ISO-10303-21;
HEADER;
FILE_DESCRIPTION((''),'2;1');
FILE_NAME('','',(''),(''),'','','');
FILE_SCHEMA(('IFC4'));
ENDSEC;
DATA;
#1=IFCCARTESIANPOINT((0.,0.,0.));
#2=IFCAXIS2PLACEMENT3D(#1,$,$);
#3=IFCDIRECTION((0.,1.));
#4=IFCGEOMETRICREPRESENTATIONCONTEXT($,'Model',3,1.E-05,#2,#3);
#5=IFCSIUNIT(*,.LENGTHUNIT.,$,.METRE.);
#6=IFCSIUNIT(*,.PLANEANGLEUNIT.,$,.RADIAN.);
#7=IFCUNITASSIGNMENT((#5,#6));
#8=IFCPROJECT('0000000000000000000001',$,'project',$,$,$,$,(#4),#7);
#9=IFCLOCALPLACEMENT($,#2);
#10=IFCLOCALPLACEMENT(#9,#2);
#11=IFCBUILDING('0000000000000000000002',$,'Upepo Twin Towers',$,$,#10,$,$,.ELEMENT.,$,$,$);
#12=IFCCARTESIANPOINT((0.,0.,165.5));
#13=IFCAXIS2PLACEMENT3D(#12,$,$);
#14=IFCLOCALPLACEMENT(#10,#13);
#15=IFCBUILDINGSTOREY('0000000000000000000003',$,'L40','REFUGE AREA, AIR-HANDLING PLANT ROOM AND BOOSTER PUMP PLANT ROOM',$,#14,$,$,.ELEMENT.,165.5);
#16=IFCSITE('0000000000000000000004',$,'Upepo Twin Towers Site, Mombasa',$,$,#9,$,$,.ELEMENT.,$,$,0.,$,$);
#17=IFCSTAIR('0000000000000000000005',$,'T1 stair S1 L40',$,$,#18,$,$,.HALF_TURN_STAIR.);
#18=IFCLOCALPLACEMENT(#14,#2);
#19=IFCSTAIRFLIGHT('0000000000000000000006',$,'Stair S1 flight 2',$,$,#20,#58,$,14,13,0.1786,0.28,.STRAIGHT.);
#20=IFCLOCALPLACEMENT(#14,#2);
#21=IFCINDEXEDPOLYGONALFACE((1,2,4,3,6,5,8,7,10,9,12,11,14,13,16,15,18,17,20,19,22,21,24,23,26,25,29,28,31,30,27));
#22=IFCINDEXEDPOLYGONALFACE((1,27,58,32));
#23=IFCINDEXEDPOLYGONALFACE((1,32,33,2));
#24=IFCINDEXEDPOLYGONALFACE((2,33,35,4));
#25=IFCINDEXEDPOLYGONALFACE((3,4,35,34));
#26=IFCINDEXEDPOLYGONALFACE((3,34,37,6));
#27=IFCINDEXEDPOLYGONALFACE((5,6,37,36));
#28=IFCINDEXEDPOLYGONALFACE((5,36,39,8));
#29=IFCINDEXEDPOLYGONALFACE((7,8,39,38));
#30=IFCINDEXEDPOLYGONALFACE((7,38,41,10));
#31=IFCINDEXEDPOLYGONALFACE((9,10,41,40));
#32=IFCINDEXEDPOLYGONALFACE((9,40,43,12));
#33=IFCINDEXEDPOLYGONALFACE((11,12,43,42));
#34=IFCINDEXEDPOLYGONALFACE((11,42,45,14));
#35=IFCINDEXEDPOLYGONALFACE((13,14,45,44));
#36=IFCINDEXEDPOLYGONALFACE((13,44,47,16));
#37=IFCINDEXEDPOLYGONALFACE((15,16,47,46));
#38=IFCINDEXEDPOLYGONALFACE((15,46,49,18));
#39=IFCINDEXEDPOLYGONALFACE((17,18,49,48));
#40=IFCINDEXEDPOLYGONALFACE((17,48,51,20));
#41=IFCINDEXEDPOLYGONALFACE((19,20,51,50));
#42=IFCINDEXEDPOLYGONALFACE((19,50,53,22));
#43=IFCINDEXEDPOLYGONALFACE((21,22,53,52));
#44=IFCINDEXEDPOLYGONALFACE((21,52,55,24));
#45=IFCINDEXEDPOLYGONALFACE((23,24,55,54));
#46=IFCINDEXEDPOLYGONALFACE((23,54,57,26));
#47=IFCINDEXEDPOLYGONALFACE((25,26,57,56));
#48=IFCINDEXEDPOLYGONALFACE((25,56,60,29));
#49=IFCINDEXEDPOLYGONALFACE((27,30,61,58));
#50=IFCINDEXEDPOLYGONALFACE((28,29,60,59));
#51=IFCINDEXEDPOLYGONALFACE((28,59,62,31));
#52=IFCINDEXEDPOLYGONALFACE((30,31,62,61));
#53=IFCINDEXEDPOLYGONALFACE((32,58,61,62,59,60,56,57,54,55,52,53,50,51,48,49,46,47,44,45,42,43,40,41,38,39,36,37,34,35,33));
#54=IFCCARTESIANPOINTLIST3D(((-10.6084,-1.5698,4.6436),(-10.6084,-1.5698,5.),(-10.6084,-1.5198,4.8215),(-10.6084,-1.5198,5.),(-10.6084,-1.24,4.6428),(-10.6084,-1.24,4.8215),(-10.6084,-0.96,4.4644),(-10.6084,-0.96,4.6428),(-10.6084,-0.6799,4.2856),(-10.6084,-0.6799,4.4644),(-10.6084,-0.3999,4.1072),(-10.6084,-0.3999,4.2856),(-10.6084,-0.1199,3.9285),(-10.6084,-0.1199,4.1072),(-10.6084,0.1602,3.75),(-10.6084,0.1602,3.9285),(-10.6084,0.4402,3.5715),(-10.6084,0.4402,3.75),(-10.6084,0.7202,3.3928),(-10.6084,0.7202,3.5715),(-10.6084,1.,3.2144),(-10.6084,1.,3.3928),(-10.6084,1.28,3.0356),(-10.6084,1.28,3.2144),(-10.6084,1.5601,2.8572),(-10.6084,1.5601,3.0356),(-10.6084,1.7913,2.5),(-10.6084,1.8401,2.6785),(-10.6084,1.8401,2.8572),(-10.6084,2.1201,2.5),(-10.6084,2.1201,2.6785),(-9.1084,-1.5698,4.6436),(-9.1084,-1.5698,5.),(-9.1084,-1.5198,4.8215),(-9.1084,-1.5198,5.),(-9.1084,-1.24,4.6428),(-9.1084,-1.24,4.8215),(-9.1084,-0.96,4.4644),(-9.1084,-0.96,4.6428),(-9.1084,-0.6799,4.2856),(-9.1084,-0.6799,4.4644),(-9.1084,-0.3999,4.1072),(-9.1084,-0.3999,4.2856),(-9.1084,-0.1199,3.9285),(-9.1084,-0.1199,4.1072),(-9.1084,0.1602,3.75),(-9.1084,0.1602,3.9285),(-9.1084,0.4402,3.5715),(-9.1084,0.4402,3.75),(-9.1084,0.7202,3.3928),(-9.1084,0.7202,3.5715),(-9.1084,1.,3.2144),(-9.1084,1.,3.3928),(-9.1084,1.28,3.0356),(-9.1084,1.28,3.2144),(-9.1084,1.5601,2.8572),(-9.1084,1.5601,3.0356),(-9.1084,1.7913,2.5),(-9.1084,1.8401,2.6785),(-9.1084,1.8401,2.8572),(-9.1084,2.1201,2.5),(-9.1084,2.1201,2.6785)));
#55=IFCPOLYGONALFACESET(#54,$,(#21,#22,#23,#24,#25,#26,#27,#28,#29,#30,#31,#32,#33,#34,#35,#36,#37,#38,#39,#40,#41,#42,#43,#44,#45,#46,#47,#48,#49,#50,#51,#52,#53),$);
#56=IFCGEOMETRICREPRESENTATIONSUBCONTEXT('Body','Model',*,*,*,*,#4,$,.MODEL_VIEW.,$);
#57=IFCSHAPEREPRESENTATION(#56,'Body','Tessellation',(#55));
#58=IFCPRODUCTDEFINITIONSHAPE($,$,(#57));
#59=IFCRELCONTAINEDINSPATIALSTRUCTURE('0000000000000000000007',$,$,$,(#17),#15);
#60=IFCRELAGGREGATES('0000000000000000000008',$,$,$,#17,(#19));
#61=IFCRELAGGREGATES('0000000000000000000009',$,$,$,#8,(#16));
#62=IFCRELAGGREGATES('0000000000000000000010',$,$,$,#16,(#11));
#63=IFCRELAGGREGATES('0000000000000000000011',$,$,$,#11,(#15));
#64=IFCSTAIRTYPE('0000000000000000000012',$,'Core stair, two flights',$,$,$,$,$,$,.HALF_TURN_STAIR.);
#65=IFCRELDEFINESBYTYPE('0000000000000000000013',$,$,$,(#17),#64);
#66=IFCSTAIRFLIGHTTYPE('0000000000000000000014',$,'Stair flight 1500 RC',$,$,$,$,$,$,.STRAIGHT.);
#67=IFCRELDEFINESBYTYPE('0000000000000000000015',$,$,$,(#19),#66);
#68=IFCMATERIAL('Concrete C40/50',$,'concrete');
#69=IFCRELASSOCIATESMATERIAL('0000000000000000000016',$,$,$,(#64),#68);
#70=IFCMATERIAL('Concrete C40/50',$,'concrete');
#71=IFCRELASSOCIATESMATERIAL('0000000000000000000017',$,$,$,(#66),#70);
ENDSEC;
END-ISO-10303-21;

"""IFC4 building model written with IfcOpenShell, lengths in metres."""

from ifc_helpers import new_model, si_unit, direction, frame, origin, place, context, subcontext, project, spatial, polyline, outline, extrude, material, type_object, element, aggregate, save


model = new_model("IFC4")

# Units and contexts
model_context = context("Model", 3, precision=1e-05, world=origin(), true_north=direction((0.0, 1.0)))
body_context = subcontext(model_context, "Body", "Model", "MODEL_VIEW")
ifc_project = project(units=[si_unit("LENGTHUNIT", "METRE"), si_unit("PLANEANGLEUNIT", "RADIAN")], contexts=[model_context])

# Site, building, storey
site_placement = place(None, origin())
site = spatial("IfcSite", under=ifc_project, at=site_placement, Name="Upepo Twin Towers Site, Mombasa", CompositionType="ELEMENT", RefElevation=0.0)
building_placement = place(site_placement, origin())
building = spatial("IfcBuilding", under=site, at=building_placement, Name="Upepo Twin Towers", CompositionType="ELEMENT")
storey_placement = place(building_placement, frame((0.0, 0.0, 165.5)))
storey = spatial("IfcBuildingStorey", under=building, at=storey_placement, Name="L40", Description="REFUGE AREA, AIR-HANDLING PLANT ROOM AND BOOSTER PUMP PLANT ROOM", CompositionType="ELEMENT", Elevation=165.5)

# Stair, stair flight
ifc_material_1 = material(Name="Concrete C40/50", Category="concrete")
stair_type = type_object("IfcStairType", Name="Core stair, two flights", PredefinedType="HALF_TURN_STAIR", material=ifc_material_1)
stair_placement = place(storey_placement, origin())
stair = element("IfcStair", 1, at=stair_placement, inside=storey, type_object=stair_type, Name="T1 stair S1 L40", PredefinedType="HALF_TURN_STAIR")
ifc_material_2 = material(Name="Concrete C40/50", Category="concrete")
stair_flight_type = type_object("IfcStairFlightType", Name="Stair flight 1500 RC", PredefinedType="STRAIGHT", material=ifc_material_2)
stair_flight_placement = place(storey_placement, frame((-9.8584, 2.1201, 2.5), z_axis=(0.0, 0.0, 1.0), x_axis=(0.0, -1.0, 0.0)))
stair_flight = element("IfcStairFlight", 2, at=stair_flight_placement, type_object=stair_flight_type, Name="Stair S1 flight 2", NumberOfRisers=14, NumberOfTreads=13, PredefinedType="STRAIGHT", RiserHeight=0.1786, TreadLength=0.28, context=body_context, shape_type="SweptSolid", body=[
    extrude(outline(polyline([(0.0, 0.0), (0.0, 0.1785), (0.28, 0.1785), (0.28, 0.3572), (0.5601, 0.3572), (0.5601, 0.5356), (0.8401, 0.5356), (0.8401, 0.7144), (1.1201, 0.7144), (1.1201, 0.8928), (1.3999, 0.8928), (1.3999, 1.0715), (1.6799, 1.0715), (1.6799, 1.25), (1.96, 1.25), (1.96, 1.4285), (2.24, 1.4285), (2.24, 1.6072), (2.52, 1.6072), (2.52, 1.7856), (2.8, 1.7856), (2.8, 1.9644), (3.0801, 1.9644), (3.0801, 2.1428), (3.3601, 2.1428), (3.3601, 2.3215), (3.6399, 2.3215), (3.6399, 2.5), (3.6899, 2.5), (3.6899, 2.1436), (0.3289, 0.0), (0.0, 0.0)])), frame((0.0, 0.75, 0.0), z_axis=(0.0, -1.0, 0.0), x_axis=(1.0, 0.0, 0.0)), (0.0, 0.0, 1.0), 1.5),
])
aggregate(stair, [stair_flight])

save(model, "model.ifc")
